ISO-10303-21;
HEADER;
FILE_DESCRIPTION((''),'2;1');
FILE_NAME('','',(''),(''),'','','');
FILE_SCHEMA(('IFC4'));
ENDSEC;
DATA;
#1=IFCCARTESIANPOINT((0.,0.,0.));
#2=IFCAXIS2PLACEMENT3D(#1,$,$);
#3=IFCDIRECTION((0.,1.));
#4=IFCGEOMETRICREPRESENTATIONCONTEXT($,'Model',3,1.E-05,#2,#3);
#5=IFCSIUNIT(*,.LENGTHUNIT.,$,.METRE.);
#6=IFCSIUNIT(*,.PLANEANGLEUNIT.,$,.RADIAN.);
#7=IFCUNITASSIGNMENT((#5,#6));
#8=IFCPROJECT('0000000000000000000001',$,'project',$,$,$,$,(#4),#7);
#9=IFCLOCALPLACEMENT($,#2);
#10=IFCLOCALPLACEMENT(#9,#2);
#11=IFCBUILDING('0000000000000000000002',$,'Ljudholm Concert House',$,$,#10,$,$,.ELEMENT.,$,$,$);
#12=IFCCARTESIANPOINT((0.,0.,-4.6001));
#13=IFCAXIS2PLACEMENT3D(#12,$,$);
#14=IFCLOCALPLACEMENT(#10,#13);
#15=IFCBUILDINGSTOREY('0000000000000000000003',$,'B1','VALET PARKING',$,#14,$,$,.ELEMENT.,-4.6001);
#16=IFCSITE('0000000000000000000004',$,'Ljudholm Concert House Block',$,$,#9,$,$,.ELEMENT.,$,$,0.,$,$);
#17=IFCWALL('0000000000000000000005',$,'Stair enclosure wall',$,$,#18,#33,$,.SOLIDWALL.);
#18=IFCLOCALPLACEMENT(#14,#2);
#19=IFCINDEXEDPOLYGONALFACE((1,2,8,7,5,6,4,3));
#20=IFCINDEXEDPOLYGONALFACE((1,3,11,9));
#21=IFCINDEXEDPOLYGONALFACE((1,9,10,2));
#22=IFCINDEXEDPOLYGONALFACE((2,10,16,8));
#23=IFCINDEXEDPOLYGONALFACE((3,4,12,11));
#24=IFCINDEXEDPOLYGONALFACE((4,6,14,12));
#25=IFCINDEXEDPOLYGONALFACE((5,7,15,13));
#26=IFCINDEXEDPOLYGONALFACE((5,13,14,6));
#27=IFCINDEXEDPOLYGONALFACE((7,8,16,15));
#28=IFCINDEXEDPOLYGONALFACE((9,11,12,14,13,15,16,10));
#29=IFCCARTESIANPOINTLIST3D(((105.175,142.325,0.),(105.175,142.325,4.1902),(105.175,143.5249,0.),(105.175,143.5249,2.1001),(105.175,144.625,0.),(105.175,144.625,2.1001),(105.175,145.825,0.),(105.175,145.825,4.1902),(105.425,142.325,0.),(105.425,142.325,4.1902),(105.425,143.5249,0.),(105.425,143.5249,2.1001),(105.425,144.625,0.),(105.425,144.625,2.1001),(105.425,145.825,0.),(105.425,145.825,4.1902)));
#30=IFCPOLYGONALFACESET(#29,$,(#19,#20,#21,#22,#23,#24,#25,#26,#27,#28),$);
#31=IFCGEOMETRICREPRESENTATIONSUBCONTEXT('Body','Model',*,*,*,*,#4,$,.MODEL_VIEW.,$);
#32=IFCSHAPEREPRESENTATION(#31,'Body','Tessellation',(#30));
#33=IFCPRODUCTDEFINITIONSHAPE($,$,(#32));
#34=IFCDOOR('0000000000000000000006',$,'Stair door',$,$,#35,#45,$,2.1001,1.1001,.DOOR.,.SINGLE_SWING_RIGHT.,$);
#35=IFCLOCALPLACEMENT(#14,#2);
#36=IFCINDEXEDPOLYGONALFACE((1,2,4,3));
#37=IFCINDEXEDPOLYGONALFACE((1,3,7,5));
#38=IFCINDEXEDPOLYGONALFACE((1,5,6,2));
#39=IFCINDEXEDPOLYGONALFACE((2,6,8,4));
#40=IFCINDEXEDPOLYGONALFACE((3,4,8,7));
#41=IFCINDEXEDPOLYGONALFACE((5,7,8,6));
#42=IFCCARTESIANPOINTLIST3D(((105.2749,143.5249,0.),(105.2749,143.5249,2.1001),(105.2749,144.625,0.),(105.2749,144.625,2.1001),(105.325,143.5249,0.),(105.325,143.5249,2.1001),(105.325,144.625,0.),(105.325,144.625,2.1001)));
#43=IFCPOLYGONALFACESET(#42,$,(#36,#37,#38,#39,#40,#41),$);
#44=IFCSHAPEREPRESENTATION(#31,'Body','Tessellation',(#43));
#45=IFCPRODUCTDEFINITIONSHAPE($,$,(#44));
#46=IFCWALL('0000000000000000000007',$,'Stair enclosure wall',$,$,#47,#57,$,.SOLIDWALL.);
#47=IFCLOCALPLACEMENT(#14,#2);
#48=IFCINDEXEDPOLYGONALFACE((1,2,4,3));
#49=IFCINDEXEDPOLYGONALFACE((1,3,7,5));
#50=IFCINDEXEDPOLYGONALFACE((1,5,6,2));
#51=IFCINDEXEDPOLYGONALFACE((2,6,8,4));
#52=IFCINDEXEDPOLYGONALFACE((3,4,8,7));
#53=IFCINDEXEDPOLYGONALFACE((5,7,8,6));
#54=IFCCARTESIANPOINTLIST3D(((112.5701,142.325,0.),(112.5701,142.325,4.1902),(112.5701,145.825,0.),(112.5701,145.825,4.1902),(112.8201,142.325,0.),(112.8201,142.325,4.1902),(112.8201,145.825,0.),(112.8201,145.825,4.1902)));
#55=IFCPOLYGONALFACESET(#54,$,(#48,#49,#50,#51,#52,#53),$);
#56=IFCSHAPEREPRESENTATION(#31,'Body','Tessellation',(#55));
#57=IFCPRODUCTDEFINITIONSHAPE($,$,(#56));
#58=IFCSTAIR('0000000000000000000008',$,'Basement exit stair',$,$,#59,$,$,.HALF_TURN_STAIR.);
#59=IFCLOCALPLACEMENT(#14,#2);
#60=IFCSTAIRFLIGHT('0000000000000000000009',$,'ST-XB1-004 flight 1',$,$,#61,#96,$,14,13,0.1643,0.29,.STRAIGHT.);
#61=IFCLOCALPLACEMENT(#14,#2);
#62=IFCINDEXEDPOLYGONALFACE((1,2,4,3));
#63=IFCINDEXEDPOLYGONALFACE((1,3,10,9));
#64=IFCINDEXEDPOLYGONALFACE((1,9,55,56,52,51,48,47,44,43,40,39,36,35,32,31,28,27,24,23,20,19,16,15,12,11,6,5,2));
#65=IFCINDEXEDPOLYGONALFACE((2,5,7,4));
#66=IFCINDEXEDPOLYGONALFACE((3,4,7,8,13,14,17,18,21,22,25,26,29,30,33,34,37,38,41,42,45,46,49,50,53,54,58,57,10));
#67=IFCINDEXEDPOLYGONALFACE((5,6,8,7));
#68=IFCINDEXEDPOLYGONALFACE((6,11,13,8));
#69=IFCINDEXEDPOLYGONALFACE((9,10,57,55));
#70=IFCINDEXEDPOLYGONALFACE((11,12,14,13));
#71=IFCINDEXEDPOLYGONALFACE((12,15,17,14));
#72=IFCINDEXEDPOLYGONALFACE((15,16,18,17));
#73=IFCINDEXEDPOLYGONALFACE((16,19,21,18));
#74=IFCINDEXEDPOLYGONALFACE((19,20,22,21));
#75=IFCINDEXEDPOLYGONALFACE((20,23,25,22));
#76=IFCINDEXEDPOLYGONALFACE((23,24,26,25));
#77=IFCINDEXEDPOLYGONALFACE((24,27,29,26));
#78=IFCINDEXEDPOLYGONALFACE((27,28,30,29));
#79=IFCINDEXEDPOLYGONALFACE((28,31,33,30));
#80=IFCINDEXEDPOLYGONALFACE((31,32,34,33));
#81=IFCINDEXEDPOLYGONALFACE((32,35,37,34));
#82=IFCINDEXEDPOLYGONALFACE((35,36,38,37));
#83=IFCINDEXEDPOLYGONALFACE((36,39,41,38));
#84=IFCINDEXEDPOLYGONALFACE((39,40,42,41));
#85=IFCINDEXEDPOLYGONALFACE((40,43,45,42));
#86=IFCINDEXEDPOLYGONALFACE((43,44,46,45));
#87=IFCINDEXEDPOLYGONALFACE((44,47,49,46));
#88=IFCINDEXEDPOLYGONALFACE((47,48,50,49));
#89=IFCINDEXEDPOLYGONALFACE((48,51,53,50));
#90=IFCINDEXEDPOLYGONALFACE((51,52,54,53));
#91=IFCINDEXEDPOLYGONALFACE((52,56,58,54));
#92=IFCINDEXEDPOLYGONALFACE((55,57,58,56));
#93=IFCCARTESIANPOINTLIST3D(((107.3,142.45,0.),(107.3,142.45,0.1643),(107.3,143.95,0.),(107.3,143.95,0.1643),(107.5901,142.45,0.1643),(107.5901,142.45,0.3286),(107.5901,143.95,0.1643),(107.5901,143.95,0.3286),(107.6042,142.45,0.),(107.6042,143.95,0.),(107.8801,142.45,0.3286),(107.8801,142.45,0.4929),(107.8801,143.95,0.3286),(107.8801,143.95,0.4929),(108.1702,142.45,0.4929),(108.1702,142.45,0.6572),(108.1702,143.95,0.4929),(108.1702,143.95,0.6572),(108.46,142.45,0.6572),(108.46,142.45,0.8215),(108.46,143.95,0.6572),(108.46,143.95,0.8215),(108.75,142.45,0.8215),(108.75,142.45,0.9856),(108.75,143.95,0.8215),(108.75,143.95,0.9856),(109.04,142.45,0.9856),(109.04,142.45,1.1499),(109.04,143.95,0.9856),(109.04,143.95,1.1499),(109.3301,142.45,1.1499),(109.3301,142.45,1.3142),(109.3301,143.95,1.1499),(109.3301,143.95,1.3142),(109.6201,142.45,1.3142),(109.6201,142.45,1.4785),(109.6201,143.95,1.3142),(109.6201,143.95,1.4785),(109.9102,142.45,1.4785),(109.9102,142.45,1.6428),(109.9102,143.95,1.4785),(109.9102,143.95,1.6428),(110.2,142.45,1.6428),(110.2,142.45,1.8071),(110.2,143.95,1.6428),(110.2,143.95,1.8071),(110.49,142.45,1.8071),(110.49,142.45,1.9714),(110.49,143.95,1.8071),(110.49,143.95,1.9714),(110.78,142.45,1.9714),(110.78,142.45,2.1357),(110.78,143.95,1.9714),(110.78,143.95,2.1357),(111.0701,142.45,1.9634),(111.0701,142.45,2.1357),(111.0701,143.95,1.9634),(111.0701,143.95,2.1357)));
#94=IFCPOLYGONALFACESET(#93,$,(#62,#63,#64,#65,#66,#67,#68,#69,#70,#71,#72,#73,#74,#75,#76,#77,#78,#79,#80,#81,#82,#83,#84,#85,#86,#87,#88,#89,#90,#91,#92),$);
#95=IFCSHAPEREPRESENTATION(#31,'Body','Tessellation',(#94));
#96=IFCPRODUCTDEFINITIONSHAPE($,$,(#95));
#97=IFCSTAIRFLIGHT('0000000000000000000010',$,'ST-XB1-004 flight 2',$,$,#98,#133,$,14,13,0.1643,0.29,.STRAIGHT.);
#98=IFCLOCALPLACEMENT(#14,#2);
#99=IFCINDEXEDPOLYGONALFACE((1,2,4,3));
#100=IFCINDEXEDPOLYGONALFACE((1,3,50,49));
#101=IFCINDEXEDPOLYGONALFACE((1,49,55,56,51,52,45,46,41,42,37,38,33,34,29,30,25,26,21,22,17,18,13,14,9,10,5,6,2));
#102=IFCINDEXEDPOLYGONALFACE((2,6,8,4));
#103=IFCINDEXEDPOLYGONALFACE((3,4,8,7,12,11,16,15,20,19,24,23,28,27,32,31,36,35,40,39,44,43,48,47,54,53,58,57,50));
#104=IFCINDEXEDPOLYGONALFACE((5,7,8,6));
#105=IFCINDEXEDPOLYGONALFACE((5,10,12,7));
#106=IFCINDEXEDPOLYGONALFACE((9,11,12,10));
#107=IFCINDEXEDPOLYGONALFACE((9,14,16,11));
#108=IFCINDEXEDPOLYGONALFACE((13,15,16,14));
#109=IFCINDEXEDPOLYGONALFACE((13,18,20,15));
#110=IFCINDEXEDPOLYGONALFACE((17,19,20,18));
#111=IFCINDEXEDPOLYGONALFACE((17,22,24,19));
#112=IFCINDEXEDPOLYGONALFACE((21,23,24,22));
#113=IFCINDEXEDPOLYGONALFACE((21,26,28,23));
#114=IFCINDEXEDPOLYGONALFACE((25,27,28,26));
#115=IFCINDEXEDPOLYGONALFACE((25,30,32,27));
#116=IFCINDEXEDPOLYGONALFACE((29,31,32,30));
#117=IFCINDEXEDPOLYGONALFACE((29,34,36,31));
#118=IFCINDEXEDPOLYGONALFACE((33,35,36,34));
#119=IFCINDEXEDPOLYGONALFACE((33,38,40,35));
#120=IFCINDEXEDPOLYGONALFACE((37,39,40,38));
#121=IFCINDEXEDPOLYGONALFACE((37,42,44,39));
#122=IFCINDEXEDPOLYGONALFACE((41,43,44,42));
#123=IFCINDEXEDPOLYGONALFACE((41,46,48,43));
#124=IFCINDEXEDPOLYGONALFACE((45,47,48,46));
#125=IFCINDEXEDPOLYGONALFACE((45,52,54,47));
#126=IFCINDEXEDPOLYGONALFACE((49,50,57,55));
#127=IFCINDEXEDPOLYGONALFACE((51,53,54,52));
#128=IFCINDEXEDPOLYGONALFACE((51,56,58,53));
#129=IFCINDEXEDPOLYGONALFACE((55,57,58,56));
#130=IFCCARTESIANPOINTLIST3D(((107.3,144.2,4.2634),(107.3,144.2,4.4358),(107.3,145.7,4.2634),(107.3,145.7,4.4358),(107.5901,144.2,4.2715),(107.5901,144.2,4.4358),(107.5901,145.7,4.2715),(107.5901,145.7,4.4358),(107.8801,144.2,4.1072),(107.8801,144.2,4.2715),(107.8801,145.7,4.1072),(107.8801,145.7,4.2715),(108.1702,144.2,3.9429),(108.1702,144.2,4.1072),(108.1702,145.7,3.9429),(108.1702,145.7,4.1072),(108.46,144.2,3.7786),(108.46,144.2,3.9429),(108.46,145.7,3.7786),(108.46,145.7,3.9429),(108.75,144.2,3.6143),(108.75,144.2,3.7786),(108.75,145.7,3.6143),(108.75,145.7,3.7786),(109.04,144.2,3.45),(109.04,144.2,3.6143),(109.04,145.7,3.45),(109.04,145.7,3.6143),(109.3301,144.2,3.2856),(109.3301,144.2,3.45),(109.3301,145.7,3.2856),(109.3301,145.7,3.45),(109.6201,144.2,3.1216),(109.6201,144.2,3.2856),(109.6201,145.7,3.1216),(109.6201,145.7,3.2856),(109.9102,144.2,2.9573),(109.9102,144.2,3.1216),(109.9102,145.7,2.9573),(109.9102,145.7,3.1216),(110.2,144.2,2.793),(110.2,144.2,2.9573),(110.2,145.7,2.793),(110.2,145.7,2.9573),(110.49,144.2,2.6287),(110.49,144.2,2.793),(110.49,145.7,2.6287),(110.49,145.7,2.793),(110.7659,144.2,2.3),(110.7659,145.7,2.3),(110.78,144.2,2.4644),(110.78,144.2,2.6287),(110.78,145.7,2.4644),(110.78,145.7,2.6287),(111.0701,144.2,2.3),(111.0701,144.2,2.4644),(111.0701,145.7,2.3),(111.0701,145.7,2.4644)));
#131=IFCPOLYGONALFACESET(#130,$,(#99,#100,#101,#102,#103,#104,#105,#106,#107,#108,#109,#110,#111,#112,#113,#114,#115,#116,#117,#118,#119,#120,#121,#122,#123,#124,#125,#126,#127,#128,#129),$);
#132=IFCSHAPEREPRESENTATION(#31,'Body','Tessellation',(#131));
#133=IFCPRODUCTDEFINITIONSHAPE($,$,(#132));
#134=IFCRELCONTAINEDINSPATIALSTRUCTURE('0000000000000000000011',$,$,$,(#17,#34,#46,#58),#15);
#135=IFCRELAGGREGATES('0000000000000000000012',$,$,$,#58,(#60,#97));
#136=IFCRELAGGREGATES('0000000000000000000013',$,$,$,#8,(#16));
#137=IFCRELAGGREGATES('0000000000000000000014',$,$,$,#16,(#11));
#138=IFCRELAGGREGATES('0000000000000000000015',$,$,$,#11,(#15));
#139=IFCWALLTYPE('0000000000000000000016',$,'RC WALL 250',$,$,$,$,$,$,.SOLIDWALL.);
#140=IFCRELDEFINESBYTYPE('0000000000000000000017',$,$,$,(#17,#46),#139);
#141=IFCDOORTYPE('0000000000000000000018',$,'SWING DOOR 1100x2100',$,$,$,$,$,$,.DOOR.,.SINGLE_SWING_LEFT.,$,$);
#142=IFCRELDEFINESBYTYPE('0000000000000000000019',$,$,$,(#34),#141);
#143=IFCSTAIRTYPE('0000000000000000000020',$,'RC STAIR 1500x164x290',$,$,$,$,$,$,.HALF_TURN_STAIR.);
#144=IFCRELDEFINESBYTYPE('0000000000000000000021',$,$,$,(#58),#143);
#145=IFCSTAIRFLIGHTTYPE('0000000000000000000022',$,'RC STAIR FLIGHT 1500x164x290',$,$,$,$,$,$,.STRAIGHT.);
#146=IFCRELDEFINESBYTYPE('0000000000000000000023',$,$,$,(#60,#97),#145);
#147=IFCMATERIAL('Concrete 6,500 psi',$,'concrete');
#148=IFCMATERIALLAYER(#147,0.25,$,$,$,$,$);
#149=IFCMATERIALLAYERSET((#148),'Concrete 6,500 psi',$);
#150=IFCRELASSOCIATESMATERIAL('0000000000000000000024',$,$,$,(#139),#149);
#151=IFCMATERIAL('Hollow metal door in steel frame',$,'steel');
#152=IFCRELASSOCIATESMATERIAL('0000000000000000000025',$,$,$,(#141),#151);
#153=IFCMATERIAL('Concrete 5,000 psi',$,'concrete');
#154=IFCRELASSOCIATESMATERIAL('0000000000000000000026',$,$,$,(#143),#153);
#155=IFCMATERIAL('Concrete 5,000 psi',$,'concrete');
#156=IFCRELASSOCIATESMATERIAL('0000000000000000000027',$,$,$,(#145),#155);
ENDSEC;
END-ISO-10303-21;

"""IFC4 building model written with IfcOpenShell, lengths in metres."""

from ifc_helpers import new_model, si_unit, direction, frame, frame_2d, origin, place, context, subcontext, project, spatial, polyline, rectangle, outline, extrude, material, layer, layer_set, type_object, element, fill, aggregate, save


model = new_model("IFC4")

# Units and contexts
model_context = context("Model", 3, precision=1e-05, world=origin(), true_north=direction((0.0, 1.0)))
body_context = subcontext(model_context, "Body", "Model", "MODEL_VIEW")
ifc_project = project(units=[si_unit("LENGTHUNIT", "METRE"), si_unit("PLANEANGLEUNIT", "RADIAN")], contexts=[model_context])

# Site, building, storey
site_placement = place(None, origin())
site = spatial("IfcSite", under=ifc_project, at=site_placement, Name="Ljudholm Concert House Block", CompositionType="ELEMENT", RefElevation=0.0)
building_placement = place(site_placement, origin())
building = spatial("IfcBuilding", under=site, at=building_placement, Name="Ljudholm Concert House", CompositionType="ELEMENT")
storey_placement = place(building_placement, frame((0.0, 0.0, -4.6001)))
storey = spatial("IfcBuildingStorey", under=building, at=storey_placement, Name="B1", Description="VALET PARKING", CompositionType="ELEMENT", Elevation=-4.6001)

# Shared definitions
ifc_material_1 = material(Name="Concrete 6,500 psi", Category="concrete")
ifc_layer_1 = layer(ifc_material_1, 0.25)
ifc_layer_set_1 = layer_set([ifc_layer_1], Name="Concrete 6,500 psi")
wall_type_1 = type_object("IfcWallType", Name="RC WALL 250", PredefinedType="SOLIDWALL", material=ifc_layer_set_1)

# Wall, opening, door
wall_1_placement = place(storey_placement, frame((105.3, 142.325, 0.0), z_axis=(0.0, 0.0, 1.0), x_axis=(0.0, 1.0, 0.0)))
wall_1 = element("IfcWall", 1, at=wall_1_placement, inside=storey, type_object=wall_type_1, Name="Stair enclosure wall", PredefinedType="SOLIDWALL", context=body_context, shape_type="SweptSolid", body=[
    extrude(rectangle(XDim=3.5, YDim=0.25, at=frame_2d((1.75, 0.0))), origin(), (0.0, 0.0, 1.0), 4.1902),
])
opening_placement = place(wall_1_placement, frame((1.2, 0.0, 0.0)))
opening = element("IfcOpeningElement", 2, at=opening_placement, cuts=wall_1, PredefinedType="OPENING", context=body_context, shape_type="SweptSolid", body=[
    extrude(rectangle(XDim=1.1001, YDim=2.1001, at=frame_2d((0.55, 1.05))), frame((0.0, 0.135, 0.0), z_axis=(0.0, -1.0, 0.0), x_axis=(1.0, 0.0, 0.0)), (0.0, 0.0, 1.0), 0.27),
])
ifc_material_2 = material(Name="Hollow metal door in steel frame", Category="steel")
door_type = type_object("IfcDoorType", Name="SWING DOOR 1100x2100", OperationType="SINGLE_SWING_LEFT", PredefinedType="DOOR", material=ifc_material_2)
door_placement = place(opening_placement, frame((1.1001, 0.0, 0.0), z_axis=(0.0, 0.0, 1.0), x_axis=(-1.0, 0.0, 0.0)))
door = element("IfcDoor", 3, at=door_placement, inside=storey, type_object=door_type, Name="Stair door", OperationType="SINGLE_SWING_RIGHT", OverallHeight=2.1001, OverallWidth=1.1001, PredefinedType="DOOR", context=body_context, shape_type="SweptSolid", body=[
    extrude(rectangle(XDim=1.1001, YDim=2.1001, at=frame_2d((0.55, 1.05))), frame((0.0, 0.0249, 0.0), z_axis=(0.0, -1.0, 0.0), x_axis=(1.0, 0.0, 0.0)), (0.0, 0.0, 1.0), 0.05),
])
fill(opening, door)

# Wall
wall_2_placement = place(storey_placement, frame((112.6951, 142.325, 0.0), z_axis=(0.0, 0.0, 1.0), x_axis=(0.0, 1.0, 0.0)))
element("IfcWall", 4, at=wall_2_placement, inside=storey, type_object=wall_type_1, Name="Stair enclosure wall", PredefinedType="SOLIDWALL", context=body_context, shape_type="SweptSolid", body=[
    extrude(rectangle(XDim=3.5, YDim=0.25, at=frame_2d((1.75, 0.0))), origin(), (0.0, 0.0, 1.0), 4.1902),
])

# Stair, stair flights
ifc_material_3 = material(Name="Concrete 5,000 psi", Category="concrete")
stair_type = type_object("IfcStairType", Name="RC STAIR 1500x164x290", PredefinedType="HALF_TURN_STAIR", material=ifc_material_3)
stair_placement = place(storey_placement, origin())
stair = element("IfcStair", 5, at=stair_placement, inside=storey, type_object=stair_type, Name="Basement exit stair", PredefinedType="HALF_TURN_STAIR")
ifc_material_4 = material(Name="Concrete 5,000 psi", Category="concrete")
stair_flight_type = type_object("IfcStairFlightType", Name="RC STAIR FLIGHT 1500x164x290", PredefinedType="STRAIGHT", material=ifc_material_4)
stair_flight_1_placement = place(storey_placement, frame((107.3, 143.2, 0.0), z_axis=(0.0, 0.0, 1.0), x_axis=(1.0, 0.0, 0.0)))
stair_flight_1 = element("IfcStairFlight", 6, at=stair_flight_1_placement, type_object=stair_flight_type, Name="ST-XB1-004 flight 1", NumberOfRisers=14, NumberOfTreads=13, PredefinedType="STRAIGHT", RiserHeight=0.1643, TreadLength=0.29, context=body_context, shape_type="SweptSolid", body=[
    extrude(outline(polyline([(0.0, 0.0), (0.0, 0.1643), (0.29, 0.1643), (0.29, 0.3286), (0.5801, 0.3286), (0.5801, 0.4929), (0.8701, 0.4929), (0.8701, 0.6572), (1.1599, 0.6572), (1.1599, 0.8215), (1.45, 0.8215), (1.45, 0.9856), (1.74, 0.9856), (1.74, 1.1499), (2.03, 1.1499), (2.03, 1.3142), (2.3201, 1.3142), (2.3201, 1.4785), (2.6101, 1.4785), (2.6101, 1.6428), (2.8999, 1.6428), (2.8999, 1.8071), (3.1899, 1.8071), (3.1899, 1.9714), (3.48, 1.9714), (3.48, 2.1357), (3.77, 2.1357), (3.77, 2.3), (3.77, 1.9634), (0.3042, 0.0), (0.0, 0.0)])), frame((0.0, 0.75, 0.0), z_axis=(0.0, -1.0, 0.0), x_axis=(1.0, 0.0, 0.0)), (0.0, 0.0, 1.0), 1.5),
])
stair_flight_2_placement = place(storey_placement, frame((111.0701, 144.95, 2.3), z_axis=(0.0, 0.0, 1.0), x_axis=(-1.0, 0.0, 0.0)))
stair_flight_2 = element("IfcStairFlight", 7, at=stair_flight_2_placement, type_object=stair_flight_type, Name="ST-XB1-004 flight 2", NumberOfRisers=14, NumberOfTreads=13, PredefinedType="STRAIGHT", RiserHeight=0.1643, TreadLength=0.29, context=body_context, shape_type="SweptSolid", body=[
    extrude(outline(polyline([(0.0, 0.0), (0.0, 0.1643), (0.29, 0.1643), (0.29, 0.3286), (0.5801, 0.3286), (0.5801, 0.4929), (0.8701, 0.4929), (0.8701, 0.6572), (1.1599, 0.6572), (1.1599, 0.8215), (1.45, 0.8215), (1.45, 0.9856), (1.74, 0.9856), (1.74, 1.1499), (2.03, 1.1499), (2.03, 1.3142), (2.3201, 1.3142), (2.3201, 1.4785), (2.6101, 1.4785), (2.6101, 1.6428), (2.8999, 1.6428), (2.8999, 1.8071), (3.1899, 1.8071), (3.1899, 1.9714), (3.48, 1.9714), (3.48, 2.1357), (3.77, 2.1357), (3.77, 2.3), (3.77, 1.9634), (0.3042, 0.0), (0.0, 0.0)])), frame((0.0, 0.75, 0.0), z_axis=(0.0, -1.0, 0.0), x_axis=(1.0, 0.0, 0.0)), (0.0, 0.0, 1.0), 1.5),
])
aggregate(stair, [stair_flight_1, stair_flight_2])

save(model, "model.ifc")
